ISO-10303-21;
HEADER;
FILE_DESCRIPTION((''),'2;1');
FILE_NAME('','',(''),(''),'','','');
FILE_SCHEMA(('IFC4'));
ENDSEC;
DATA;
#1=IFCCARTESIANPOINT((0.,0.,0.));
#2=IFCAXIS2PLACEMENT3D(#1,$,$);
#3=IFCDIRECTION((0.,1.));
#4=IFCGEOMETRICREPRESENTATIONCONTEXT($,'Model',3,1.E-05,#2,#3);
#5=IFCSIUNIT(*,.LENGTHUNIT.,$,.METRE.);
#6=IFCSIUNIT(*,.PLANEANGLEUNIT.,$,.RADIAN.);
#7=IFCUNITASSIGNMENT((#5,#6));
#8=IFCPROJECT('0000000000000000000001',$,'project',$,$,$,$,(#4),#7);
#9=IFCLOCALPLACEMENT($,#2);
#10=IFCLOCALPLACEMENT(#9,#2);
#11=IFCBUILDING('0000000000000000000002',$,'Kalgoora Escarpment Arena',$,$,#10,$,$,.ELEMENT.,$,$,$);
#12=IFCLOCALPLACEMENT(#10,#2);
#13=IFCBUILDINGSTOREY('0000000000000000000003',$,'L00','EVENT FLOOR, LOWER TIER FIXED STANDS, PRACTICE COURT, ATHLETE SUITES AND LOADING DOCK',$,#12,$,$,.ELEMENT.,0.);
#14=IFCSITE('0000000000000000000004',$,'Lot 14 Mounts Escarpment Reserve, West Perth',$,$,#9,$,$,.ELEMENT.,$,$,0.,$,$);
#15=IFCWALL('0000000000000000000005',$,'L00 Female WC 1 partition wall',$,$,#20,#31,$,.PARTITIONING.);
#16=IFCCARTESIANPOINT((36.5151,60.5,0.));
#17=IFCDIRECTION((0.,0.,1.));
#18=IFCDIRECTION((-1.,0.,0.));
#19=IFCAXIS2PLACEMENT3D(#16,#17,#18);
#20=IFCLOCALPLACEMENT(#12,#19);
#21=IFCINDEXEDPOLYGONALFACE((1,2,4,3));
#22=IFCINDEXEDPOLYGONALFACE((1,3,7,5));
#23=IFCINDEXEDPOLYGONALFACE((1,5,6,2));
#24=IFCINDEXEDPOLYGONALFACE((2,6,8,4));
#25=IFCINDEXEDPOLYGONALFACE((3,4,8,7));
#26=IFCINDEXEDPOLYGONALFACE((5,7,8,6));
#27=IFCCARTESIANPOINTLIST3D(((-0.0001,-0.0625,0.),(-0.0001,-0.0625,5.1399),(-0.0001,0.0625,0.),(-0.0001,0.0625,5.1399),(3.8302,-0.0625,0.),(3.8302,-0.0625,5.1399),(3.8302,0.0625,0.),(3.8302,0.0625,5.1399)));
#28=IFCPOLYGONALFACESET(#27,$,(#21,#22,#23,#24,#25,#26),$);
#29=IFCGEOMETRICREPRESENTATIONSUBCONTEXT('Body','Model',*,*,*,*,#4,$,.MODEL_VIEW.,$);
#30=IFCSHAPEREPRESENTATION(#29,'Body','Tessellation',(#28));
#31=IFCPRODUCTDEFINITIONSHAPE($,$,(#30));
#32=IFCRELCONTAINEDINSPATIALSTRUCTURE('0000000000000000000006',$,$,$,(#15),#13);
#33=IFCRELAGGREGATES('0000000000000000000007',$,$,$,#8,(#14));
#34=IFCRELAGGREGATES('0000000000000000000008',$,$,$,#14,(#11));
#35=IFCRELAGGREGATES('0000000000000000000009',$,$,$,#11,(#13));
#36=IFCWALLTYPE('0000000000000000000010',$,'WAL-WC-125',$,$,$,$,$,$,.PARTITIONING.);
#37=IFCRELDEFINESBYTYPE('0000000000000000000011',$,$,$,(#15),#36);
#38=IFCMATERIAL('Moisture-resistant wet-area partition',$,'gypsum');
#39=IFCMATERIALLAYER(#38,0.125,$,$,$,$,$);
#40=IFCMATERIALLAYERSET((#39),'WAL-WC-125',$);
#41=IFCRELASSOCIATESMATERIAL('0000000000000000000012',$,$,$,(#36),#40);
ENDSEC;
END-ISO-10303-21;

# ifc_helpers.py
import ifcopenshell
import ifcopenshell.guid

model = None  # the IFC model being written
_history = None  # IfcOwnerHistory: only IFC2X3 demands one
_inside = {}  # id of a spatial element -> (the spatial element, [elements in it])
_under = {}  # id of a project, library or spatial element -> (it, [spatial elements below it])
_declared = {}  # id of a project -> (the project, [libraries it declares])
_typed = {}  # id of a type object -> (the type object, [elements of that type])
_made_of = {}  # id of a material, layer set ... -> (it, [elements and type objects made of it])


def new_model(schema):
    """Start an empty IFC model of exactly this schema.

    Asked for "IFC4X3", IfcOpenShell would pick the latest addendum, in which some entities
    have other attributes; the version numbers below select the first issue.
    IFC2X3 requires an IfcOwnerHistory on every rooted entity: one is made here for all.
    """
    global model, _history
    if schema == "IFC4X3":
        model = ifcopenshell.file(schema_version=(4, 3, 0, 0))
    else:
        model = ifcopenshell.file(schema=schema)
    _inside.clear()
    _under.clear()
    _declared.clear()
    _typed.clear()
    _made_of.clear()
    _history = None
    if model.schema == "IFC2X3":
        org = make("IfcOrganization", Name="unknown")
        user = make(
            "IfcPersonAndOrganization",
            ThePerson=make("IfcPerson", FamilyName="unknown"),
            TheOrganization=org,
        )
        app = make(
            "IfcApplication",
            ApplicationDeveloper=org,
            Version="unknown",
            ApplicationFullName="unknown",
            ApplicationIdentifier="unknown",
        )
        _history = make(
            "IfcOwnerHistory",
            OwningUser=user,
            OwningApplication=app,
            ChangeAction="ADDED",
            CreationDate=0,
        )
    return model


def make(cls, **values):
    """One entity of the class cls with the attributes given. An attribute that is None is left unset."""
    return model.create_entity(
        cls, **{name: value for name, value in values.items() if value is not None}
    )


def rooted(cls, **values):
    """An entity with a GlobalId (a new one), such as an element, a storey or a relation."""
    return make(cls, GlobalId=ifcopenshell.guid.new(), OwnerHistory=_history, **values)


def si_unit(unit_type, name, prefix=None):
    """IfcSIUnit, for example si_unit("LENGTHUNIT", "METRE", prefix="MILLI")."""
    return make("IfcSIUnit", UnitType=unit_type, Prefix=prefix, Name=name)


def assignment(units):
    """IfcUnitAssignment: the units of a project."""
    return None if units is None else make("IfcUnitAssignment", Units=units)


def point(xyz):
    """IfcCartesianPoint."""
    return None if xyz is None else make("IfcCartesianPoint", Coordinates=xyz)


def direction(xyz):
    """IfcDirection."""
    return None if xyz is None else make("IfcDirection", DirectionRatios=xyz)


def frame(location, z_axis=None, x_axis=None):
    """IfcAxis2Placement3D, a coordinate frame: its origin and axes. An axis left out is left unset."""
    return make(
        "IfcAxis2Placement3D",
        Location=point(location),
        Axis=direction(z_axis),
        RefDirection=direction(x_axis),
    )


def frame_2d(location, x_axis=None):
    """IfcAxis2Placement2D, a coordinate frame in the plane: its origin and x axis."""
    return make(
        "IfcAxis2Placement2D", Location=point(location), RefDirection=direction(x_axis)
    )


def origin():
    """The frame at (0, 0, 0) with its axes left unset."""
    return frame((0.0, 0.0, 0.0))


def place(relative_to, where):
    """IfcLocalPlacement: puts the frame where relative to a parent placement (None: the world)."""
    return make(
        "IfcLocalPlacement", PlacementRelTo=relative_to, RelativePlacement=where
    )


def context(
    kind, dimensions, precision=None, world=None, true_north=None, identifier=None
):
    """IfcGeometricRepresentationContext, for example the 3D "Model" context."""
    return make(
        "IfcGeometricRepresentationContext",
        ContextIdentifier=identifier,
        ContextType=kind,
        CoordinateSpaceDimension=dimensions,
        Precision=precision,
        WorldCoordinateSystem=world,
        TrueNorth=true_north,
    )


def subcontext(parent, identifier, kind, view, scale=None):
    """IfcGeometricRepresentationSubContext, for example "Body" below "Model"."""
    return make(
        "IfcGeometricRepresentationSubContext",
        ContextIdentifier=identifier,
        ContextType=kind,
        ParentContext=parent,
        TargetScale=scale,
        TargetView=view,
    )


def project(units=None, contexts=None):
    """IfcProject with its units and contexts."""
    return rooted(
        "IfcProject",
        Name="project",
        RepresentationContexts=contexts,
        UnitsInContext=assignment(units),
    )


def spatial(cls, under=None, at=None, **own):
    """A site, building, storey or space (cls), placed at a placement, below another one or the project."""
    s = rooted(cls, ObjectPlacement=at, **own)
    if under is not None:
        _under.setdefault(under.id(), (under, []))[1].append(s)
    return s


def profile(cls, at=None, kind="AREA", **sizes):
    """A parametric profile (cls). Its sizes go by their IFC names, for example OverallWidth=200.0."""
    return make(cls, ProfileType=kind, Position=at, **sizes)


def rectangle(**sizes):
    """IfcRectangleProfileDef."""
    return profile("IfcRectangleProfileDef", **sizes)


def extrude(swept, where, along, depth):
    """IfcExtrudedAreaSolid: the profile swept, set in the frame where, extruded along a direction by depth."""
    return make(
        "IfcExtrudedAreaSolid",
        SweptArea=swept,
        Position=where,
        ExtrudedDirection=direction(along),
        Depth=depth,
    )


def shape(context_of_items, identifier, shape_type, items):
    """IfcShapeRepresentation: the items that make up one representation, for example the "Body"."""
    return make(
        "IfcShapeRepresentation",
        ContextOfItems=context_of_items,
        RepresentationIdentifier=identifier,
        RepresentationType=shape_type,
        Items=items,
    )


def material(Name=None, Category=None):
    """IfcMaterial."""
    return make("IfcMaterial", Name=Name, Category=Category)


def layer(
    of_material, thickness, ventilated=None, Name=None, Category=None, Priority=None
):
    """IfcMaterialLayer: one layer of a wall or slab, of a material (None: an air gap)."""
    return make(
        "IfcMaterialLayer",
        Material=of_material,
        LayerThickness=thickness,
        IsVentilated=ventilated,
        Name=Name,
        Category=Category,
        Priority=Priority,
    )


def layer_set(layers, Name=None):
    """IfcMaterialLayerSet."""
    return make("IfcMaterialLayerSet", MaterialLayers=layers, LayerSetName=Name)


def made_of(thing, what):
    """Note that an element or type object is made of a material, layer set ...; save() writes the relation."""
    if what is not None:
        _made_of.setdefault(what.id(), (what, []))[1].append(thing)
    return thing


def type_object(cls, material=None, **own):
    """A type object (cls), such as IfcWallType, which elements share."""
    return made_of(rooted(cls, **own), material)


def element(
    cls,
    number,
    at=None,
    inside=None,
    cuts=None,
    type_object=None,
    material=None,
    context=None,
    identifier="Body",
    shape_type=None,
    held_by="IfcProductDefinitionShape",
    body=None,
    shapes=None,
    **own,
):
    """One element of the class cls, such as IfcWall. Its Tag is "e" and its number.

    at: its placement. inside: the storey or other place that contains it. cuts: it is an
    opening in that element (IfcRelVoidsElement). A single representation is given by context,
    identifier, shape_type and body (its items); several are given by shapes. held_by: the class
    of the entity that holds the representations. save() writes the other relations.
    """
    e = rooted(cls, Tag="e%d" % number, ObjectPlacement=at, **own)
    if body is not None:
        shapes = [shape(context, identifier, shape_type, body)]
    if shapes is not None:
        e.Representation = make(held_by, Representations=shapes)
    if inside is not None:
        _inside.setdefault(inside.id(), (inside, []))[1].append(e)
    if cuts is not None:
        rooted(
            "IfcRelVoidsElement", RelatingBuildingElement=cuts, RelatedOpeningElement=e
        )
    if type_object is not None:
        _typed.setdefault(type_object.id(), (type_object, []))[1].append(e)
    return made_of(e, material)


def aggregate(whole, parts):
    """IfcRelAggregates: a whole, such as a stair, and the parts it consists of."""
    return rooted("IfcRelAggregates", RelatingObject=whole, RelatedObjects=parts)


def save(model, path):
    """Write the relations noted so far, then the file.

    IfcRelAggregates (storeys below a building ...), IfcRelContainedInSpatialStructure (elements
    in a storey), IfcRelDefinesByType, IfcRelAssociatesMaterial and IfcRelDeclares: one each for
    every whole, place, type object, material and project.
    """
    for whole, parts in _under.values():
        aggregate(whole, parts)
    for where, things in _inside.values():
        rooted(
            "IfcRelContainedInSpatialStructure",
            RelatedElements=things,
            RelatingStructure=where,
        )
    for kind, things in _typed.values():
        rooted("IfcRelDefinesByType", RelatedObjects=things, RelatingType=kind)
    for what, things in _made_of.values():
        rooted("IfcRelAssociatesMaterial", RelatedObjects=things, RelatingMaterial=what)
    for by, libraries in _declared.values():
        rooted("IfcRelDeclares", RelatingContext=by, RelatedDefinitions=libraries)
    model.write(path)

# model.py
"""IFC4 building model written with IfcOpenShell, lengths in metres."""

from ifc_helpers import new_model, si_unit, direction, frame, frame_2d, origin, place, context, subcontext, project, spatial, rectangle, extrude, material, layer, layer_set, type_object, element, save


model = new_model("IFC4")

# Units and contexts
model_context = context("Model", 3, precision=1e-05, world=origin(), true_north=direction((0.0, 1.0)))
body_context = subcontext(model_context, "Body", "Model", "MODEL_VIEW")
ifc_project = project(units=[si_unit("LENGTHUNIT", "METRE"), si_unit("PLANEANGLEUNIT", "RADIAN")], contexts=[model_context])

# Site, building, storey
site_placement = place(None, origin())
site = spatial("IfcSite", under=ifc_project, at=site_placement, Name="Lot 14 Mounts Escarpment Reserve, West Perth", CompositionType="ELEMENT", RefElevation=0.0)
building_placement = place(site_placement, origin())
building = spatial("IfcBuilding", under=site, at=building_placement, Name="Kalgoora Escarpment Arena", CompositionType="ELEMENT")
storey_placement = place(building_placement, origin())
storey = spatial("IfcBuildingStorey", under=building, at=storey_placement, Name="L00", Description="EVENT FLOOR, LOWER TIER FIXED STANDS, PRACTICE COURT, ATHLETE SUITES AND LOADING DOCK", CompositionType="ELEMENT", Elevation=0.0)

# Shared definitions
ifc_material_1 = material(Name="Moisture-resistant wet-area partition", Category="gypsum")
ifc_layer_1 = layer(ifc_material_1, 0.125)
ifc_layer_set_1 = layer_set([ifc_layer_1], Name="WAL-WC-125")
wall_type_1 = type_object("IfcWallType", Name="WAL-WC-125", PredefinedType="PARTITIONING", material=ifc_layer_set_1)

# Wall
wall_1_placement = place(storey_placement, frame((36.5151, 60.5, 0.0), z_axis=(0.0, 0.0, 1.0), x_axis=(-1.0, 0.0, 0.0)))
element("IfcWall", 1, at=wall_1_placement, inside=storey, type_object=wall_type_1, Name="L00 Female WC 1 partition wall", PredefinedType="PARTITIONING", context=body_context, shape_type="SweptSolid", body=[
    extrude(rectangle(XDim=3.8303, YDim=0.125, at=frame_2d((1.915, 0.0))), origin(), (0.0, 0.0, 1.0), 5.1399),
])

save(model, "model.ifc")
